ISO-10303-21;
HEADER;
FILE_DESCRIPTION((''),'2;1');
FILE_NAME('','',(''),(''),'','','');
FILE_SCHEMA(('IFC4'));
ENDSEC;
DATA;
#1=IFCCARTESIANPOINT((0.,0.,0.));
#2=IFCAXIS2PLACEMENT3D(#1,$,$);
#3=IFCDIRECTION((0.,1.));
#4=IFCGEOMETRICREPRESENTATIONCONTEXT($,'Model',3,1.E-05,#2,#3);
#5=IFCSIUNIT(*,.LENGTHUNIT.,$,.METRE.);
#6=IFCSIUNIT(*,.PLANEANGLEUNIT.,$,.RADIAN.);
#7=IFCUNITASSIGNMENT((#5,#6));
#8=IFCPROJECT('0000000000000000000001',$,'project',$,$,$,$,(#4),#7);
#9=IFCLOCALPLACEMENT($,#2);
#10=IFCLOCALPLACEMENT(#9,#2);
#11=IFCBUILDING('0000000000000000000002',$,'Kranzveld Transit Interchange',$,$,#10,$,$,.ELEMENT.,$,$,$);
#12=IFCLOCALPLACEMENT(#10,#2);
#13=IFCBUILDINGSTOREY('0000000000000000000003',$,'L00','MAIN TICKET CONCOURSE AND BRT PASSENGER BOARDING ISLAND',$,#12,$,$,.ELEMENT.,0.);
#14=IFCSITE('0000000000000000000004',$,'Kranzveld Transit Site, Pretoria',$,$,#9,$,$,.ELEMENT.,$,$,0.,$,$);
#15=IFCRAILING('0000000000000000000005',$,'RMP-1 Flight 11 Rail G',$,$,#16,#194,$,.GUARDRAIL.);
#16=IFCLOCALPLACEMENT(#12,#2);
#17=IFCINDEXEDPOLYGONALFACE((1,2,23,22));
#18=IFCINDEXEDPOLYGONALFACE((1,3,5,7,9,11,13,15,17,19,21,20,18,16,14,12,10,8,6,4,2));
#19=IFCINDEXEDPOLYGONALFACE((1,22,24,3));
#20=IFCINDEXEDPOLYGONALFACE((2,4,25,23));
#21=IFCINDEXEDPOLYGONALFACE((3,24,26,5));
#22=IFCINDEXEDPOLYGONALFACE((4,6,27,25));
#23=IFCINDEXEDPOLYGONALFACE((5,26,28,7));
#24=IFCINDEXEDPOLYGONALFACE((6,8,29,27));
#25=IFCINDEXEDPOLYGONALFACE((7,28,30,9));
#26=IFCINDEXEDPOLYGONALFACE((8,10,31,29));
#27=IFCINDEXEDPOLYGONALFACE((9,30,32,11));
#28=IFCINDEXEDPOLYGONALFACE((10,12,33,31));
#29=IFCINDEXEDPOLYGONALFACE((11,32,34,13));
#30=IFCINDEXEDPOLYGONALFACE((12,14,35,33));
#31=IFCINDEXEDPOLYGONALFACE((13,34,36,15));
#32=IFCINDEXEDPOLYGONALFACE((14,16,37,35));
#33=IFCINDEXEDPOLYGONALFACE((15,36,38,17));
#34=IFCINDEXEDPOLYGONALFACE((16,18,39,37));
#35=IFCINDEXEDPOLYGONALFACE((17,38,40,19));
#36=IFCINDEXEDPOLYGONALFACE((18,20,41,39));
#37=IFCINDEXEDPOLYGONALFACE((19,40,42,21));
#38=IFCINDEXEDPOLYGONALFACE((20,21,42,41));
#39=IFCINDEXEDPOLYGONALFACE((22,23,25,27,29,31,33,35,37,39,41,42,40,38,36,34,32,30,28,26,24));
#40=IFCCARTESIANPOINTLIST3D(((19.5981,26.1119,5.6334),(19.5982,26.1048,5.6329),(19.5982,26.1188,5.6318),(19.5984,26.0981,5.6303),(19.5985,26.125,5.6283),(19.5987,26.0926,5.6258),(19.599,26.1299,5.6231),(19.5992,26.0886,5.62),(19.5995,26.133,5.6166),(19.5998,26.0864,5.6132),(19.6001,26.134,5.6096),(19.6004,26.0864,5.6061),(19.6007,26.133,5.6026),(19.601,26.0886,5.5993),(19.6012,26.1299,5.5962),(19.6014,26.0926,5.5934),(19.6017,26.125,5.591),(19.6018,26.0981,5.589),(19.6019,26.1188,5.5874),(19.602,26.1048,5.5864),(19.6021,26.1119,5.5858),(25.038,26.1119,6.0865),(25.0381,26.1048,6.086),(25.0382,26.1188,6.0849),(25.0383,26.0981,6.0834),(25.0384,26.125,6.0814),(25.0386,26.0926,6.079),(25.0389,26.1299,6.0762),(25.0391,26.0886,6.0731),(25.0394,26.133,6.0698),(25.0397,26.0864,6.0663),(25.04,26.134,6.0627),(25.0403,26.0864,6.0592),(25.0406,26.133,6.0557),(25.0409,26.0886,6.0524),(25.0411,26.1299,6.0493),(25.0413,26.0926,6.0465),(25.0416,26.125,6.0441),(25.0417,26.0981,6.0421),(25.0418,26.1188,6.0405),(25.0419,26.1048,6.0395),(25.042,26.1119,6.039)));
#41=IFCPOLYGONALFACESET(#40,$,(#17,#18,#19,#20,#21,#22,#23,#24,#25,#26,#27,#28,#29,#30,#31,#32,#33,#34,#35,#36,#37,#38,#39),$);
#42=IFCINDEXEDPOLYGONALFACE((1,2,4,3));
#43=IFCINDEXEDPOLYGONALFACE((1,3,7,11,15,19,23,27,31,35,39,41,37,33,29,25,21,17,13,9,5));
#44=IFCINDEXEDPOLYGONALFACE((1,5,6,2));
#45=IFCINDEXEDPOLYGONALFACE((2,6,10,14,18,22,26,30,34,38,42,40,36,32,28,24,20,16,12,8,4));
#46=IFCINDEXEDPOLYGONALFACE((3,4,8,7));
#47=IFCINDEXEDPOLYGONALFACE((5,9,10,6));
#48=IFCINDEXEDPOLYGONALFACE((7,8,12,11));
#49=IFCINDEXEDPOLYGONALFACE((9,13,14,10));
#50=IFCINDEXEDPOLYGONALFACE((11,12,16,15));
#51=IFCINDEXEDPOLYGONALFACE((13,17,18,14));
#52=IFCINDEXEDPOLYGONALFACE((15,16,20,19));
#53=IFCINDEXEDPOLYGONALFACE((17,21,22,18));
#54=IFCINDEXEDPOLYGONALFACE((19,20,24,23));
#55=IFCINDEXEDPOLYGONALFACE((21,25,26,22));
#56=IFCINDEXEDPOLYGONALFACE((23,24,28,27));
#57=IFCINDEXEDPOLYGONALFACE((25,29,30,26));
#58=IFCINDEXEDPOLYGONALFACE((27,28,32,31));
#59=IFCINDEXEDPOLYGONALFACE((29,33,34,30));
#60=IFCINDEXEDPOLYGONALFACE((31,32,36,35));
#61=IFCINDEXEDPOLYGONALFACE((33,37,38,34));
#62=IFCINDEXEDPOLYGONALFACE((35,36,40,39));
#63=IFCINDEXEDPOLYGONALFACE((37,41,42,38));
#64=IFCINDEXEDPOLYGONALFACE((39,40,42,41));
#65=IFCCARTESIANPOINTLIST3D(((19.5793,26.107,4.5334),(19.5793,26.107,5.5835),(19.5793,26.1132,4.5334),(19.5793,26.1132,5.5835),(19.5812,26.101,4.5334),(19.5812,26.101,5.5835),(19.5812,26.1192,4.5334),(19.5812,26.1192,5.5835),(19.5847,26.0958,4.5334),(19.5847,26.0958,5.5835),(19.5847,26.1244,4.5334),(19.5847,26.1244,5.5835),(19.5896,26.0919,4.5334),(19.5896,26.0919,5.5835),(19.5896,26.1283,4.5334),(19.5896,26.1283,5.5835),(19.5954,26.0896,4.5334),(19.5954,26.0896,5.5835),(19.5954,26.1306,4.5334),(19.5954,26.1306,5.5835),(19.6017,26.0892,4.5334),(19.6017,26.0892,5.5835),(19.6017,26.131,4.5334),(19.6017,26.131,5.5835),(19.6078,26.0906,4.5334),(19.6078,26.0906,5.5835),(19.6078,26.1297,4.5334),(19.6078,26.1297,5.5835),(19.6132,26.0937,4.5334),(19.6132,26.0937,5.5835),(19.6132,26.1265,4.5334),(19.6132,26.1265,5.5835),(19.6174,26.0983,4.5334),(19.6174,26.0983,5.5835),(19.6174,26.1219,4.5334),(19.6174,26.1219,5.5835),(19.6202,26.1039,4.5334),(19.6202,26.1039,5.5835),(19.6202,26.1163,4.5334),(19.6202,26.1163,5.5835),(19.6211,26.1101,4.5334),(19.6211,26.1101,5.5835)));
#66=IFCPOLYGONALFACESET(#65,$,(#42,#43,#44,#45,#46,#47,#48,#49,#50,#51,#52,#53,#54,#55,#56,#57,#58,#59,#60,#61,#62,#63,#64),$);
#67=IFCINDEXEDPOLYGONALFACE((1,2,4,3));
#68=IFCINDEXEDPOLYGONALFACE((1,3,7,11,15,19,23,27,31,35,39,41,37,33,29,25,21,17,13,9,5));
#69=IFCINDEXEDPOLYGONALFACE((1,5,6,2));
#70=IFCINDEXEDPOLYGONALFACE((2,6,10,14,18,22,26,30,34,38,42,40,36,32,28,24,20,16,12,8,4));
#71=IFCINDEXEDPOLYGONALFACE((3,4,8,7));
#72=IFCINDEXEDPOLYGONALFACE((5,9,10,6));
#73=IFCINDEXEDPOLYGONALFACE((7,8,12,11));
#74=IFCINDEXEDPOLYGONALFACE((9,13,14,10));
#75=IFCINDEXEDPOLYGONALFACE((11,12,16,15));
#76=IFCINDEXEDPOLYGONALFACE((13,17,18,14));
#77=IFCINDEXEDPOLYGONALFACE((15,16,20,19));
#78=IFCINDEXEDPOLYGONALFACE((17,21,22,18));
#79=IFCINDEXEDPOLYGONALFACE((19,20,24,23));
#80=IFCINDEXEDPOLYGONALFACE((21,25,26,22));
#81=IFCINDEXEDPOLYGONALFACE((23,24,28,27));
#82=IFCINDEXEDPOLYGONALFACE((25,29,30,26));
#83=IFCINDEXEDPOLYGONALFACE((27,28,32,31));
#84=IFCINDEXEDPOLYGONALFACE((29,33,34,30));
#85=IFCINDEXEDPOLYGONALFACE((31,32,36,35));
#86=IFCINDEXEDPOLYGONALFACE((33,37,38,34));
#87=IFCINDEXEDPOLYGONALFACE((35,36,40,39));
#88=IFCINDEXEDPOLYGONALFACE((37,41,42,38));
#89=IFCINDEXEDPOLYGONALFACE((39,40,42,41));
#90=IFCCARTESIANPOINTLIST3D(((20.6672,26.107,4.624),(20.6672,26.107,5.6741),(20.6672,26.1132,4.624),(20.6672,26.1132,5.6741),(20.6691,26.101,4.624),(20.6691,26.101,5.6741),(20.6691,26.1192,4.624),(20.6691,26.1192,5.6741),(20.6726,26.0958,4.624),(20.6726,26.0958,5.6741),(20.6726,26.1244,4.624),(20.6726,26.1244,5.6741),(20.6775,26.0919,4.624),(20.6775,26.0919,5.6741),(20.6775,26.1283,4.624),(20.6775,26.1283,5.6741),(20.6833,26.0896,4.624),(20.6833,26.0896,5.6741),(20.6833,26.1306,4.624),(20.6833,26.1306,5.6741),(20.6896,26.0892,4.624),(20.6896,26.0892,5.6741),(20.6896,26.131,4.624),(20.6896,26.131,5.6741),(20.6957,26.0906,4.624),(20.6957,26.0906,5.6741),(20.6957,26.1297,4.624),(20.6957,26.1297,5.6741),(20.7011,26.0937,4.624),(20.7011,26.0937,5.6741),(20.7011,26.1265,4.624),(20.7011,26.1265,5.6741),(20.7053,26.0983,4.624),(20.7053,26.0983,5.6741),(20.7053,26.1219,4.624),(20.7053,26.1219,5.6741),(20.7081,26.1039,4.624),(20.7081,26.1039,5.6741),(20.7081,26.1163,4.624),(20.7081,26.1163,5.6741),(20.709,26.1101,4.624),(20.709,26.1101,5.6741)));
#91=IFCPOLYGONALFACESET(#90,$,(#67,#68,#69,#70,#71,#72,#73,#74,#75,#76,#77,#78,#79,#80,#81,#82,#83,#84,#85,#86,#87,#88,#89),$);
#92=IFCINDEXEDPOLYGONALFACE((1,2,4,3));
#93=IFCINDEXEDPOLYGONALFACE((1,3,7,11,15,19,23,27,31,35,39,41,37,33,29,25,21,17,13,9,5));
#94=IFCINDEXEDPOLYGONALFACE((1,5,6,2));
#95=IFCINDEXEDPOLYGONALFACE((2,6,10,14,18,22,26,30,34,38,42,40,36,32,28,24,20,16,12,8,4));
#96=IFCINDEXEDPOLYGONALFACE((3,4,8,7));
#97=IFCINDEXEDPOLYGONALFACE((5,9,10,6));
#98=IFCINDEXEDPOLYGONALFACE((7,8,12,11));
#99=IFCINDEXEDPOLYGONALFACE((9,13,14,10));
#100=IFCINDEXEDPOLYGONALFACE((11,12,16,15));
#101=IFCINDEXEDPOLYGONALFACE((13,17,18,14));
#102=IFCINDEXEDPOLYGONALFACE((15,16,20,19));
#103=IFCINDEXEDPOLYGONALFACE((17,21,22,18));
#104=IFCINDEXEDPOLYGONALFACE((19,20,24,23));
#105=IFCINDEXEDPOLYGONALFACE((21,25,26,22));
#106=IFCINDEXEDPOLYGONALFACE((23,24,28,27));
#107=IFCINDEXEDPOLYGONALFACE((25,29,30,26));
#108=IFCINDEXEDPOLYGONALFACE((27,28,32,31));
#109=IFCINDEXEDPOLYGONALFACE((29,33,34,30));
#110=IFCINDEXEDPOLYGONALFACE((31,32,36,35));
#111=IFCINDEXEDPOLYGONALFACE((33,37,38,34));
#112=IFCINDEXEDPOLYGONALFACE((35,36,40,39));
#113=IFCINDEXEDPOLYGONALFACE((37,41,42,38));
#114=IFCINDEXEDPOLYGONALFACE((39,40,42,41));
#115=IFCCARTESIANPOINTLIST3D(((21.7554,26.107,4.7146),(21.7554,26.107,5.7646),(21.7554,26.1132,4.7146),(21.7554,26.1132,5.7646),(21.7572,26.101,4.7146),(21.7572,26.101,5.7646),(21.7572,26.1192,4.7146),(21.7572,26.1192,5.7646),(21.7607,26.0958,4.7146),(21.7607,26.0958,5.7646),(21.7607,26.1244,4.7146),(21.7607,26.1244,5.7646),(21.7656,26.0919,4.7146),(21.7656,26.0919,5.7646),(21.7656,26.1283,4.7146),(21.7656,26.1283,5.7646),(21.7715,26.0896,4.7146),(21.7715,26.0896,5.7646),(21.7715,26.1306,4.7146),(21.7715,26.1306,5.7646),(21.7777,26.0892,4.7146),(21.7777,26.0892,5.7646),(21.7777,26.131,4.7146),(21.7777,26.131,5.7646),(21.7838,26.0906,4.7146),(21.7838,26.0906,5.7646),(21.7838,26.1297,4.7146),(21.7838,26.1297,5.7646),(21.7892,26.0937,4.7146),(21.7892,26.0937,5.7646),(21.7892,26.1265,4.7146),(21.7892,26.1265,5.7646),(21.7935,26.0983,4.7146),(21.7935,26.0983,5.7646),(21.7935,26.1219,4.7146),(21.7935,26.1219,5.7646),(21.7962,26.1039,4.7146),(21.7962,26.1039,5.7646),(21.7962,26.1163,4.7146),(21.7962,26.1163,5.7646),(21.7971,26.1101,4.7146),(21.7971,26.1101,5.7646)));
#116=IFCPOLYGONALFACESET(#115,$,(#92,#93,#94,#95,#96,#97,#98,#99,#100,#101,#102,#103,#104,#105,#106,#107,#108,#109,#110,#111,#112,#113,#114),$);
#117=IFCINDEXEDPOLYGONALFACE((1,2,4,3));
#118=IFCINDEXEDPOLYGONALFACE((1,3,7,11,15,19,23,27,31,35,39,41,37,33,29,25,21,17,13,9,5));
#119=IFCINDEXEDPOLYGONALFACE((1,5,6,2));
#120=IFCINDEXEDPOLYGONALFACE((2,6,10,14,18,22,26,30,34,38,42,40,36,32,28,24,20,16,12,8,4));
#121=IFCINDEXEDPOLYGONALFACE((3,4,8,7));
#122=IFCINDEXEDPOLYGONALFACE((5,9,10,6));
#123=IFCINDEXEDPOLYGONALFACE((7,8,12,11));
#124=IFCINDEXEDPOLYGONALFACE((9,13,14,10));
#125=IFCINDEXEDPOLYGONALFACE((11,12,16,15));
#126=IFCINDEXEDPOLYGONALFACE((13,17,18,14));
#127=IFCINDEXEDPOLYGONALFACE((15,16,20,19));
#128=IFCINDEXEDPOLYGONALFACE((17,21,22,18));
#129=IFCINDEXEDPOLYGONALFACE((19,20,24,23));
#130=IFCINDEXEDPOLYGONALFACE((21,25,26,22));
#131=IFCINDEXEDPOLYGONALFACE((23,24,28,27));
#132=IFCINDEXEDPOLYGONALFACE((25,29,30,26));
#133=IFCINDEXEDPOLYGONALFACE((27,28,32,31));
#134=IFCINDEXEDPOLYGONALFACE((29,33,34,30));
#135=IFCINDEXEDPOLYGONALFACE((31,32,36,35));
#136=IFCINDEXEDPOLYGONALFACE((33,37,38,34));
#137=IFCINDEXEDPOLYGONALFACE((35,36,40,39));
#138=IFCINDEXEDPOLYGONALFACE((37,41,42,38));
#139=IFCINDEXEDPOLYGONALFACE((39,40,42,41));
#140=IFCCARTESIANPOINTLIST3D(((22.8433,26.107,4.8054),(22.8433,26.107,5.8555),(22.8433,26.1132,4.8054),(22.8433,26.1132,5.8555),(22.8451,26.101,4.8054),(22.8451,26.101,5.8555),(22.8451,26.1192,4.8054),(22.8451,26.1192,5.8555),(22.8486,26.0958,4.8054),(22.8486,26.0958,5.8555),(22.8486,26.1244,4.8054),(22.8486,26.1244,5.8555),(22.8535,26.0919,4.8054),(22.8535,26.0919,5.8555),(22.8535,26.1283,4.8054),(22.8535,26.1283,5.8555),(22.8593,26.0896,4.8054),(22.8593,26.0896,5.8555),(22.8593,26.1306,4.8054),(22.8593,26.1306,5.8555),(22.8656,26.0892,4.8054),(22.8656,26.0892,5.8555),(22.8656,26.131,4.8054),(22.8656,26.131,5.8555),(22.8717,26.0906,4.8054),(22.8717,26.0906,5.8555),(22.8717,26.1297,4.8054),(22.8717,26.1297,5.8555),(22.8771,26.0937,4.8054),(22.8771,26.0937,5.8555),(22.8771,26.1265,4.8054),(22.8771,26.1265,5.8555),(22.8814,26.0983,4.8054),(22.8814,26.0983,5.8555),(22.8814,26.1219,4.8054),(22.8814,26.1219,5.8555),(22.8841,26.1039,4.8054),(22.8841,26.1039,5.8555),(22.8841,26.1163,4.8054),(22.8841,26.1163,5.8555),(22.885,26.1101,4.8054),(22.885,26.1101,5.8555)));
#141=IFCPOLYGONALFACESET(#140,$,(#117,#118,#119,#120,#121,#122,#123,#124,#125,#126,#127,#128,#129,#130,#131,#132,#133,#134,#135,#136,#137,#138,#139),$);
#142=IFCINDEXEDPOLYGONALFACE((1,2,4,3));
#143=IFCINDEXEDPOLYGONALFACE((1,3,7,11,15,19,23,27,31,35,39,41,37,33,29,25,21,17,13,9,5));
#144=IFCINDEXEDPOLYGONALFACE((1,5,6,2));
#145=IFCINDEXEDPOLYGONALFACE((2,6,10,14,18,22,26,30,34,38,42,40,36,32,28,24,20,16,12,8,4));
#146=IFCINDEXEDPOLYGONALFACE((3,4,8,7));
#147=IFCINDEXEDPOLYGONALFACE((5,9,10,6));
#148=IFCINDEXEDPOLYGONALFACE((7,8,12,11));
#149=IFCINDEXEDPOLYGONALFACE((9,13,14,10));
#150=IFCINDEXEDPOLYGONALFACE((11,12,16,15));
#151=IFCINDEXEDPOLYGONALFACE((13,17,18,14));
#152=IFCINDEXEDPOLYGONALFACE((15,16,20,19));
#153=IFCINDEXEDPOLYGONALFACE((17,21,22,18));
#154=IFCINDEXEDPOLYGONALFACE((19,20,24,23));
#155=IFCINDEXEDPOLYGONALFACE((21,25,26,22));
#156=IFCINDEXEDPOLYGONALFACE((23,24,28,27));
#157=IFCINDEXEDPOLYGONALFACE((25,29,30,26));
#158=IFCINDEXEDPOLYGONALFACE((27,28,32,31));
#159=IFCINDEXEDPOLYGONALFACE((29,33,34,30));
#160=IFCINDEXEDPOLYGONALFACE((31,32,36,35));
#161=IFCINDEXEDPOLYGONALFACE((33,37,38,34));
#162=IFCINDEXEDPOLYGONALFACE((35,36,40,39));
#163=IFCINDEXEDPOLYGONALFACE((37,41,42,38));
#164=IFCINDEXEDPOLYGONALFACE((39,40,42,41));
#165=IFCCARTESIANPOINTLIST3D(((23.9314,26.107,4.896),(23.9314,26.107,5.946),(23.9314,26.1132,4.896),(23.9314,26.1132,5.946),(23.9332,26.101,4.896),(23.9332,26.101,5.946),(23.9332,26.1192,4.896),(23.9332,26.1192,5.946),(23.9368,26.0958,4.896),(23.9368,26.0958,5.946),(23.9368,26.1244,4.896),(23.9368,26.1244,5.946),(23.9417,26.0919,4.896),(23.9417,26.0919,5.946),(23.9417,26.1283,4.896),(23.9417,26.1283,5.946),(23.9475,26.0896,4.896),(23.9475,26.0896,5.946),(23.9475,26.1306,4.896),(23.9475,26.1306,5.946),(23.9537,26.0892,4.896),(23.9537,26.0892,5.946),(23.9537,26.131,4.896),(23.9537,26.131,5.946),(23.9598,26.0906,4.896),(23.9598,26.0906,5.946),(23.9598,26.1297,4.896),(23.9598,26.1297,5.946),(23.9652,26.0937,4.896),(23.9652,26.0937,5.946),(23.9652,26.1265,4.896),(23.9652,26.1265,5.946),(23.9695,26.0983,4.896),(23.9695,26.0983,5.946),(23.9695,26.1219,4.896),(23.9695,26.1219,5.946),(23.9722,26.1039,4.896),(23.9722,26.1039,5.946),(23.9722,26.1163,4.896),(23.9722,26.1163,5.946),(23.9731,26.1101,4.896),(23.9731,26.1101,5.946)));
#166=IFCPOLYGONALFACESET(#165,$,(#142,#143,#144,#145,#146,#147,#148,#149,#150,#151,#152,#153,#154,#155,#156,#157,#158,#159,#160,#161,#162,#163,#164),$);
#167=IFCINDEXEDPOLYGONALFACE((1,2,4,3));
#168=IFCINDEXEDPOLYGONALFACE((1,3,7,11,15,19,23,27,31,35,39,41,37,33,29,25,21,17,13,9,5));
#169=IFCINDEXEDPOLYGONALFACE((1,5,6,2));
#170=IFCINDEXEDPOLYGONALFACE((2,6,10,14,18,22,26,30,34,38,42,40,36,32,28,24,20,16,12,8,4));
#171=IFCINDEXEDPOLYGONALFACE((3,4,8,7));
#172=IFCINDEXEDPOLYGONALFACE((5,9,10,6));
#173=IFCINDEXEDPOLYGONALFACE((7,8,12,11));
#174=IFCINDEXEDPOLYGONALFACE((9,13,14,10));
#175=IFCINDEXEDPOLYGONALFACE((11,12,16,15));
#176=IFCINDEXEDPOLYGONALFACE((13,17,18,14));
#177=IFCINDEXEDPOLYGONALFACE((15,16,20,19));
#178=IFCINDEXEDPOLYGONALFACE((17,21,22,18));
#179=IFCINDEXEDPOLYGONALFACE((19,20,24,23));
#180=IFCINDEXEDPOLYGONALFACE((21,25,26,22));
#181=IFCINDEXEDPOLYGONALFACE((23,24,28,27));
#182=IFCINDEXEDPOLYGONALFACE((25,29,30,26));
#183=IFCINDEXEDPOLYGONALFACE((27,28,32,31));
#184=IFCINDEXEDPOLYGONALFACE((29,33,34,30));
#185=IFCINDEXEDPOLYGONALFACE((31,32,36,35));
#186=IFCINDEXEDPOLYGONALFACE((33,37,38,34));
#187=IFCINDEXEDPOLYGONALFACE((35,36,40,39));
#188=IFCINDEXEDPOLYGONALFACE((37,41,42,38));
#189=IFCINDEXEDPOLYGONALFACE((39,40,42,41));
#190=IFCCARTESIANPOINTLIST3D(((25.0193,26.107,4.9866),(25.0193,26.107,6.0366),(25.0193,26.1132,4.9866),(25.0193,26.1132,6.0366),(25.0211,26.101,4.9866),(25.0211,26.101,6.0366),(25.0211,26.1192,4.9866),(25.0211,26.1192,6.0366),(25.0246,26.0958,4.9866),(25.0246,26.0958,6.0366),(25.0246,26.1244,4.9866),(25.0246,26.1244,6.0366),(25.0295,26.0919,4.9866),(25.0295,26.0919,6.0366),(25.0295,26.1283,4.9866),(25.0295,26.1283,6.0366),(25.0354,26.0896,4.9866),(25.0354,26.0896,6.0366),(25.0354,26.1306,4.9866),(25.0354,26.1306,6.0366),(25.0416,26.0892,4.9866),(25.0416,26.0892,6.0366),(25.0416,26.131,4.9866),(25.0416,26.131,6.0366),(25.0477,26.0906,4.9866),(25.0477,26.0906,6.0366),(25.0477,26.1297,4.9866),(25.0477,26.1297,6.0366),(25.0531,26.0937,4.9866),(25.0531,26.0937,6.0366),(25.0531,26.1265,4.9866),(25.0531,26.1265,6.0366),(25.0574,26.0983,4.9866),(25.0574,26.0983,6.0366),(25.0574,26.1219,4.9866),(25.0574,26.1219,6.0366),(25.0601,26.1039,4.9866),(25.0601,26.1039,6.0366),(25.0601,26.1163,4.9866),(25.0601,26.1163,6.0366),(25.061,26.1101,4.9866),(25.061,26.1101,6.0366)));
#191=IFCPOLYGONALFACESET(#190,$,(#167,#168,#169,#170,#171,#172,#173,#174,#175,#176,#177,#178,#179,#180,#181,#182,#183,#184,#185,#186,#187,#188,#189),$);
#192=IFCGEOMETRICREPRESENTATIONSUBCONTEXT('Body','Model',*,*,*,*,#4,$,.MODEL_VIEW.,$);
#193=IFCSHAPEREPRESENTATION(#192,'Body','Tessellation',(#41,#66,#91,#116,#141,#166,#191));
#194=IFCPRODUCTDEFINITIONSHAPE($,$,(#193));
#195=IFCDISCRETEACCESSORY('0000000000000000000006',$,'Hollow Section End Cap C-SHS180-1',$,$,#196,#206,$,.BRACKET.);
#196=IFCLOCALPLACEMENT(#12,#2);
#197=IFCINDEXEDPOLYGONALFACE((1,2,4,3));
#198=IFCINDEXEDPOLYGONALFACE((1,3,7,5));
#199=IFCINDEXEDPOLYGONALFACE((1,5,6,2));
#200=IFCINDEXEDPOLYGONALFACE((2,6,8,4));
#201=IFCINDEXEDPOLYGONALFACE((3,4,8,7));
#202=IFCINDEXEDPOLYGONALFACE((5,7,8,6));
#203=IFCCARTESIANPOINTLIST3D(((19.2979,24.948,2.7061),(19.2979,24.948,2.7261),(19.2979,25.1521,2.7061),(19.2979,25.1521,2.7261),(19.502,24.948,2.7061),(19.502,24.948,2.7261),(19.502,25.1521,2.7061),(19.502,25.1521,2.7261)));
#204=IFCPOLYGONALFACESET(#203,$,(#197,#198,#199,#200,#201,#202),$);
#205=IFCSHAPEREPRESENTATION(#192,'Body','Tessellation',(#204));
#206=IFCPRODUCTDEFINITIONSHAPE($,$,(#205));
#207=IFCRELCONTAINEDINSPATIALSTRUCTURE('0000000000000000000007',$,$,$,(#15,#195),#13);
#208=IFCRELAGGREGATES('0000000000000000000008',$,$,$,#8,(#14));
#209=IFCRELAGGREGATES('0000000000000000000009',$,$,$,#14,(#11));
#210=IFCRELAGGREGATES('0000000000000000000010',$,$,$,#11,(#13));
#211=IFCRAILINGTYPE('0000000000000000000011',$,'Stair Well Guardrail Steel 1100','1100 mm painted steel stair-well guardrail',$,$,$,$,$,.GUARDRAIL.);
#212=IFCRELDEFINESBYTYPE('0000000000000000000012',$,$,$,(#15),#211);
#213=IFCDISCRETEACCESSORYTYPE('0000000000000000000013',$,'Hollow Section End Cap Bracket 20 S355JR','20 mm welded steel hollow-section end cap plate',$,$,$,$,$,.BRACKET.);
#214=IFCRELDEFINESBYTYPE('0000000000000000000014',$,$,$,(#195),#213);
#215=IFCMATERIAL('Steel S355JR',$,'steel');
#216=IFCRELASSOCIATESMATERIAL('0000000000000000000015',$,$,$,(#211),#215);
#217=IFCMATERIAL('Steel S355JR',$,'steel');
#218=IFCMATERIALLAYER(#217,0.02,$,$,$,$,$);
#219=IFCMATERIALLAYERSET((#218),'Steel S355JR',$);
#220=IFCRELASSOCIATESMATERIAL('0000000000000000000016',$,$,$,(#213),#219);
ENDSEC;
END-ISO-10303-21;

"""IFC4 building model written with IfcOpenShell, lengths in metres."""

from ifc_helpers import new_model, si_unit, direction, frame, origin, origin_2d, place, context, subcontext, project, spatial, rectangle, circle, extrude, material, layer, layer_set, type_object, element, save


model = new_model("IFC4")

# Units and contexts
model_context = context("Model", 3, precision=1e-05, world=origin(), true_north=direction((0.0, 1.0)))
body_context = subcontext(model_context, "Body", "Model", "MODEL_VIEW")
ifc_project = project(units=[si_unit("LENGTHUNIT", "METRE"), si_unit("PLANEANGLEUNIT", "RADIAN")], contexts=[model_context])

# Site, building, storey
site_placement = place(None, origin())
site = spatial("IfcSite", under=ifc_project, at=site_placement, Name="Kranzveld Transit Site, Pretoria", CompositionType="ELEMENT", RefElevation=0.0)
building_placement = place(site_placement, origin())
building = spatial("IfcBuilding", under=site, at=building_placement, Name="Kranzveld Transit Interchange", CompositionType="ELEMENT")
storey_placement = place(building_placement, origin())
storey = spatial("IfcBuildingStorey", under=building, at=storey_placement, Name="L00", Description="MAIN TICKET CONCOURSE AND BRT PASSENGER BOARDING ISLAND", CompositionType="ELEMENT", Elevation=0.0)

# Railing
ifc_material_1 = material(Name="Steel S355JR", Category="steel")
railing_type_1 = type_object("IfcRailingType", Name="Stair Well Guardrail Steel 1100", Description="1100 mm painted steel stair-well guardrail", PredefinedType="GUARDRAIL", material=ifc_material_1)
railing_1_placement = place(storey_placement, frame((19.6001, 26.1101, 4.5334)))
element("IfcRailing", 1, at=railing_1_placement, inside=storey, type_object=railing_type_1, Name="RMP-1 Flight 11 Rail G", PredefinedType="GUARDRAIL", context=body_context, shape_type="SweptSolid", body=[
    extrude(circle(Radius=0.0239, at=origin_2d()), frame((0.0, 0.0, 1.0762), z_axis=(0.996549, 0.0, 0.083008), x_axis=(0.0, 1.0, 0.0)), (0.0, 0.0, 1.0), 5.4587),
    extrude(circle(Radius=0.021, at=origin_2d()), origin(), (0.0, 0.0, 1.0), 1.05),
    extrude(circle(Radius=0.021, at=origin_2d()), frame((1.0879, 0.0, 0.0906)), (0.0, 0.0, 1.0), 1.05),
    extrude(circle(Radius=0.021, at=origin_2d()), frame((2.176, 0.0, 0.1812)), (0.0, 0.0, 1.0), 1.05),
    extrude(circle(Radius=0.021, at=origin_2d()), frame((3.2639, 0.0, 0.272)), (0.0, 0.0, 1.0), 1.05),
    extrude(circle(Radius=0.021, at=origin_2d()), frame((4.3521, 0.0, 0.3625)), (0.0, 0.0, 1.0), 1.05),
    extrude(circle(Radius=0.021, at=origin_2d()), frame((5.4399, 0.0, 0.4531)), (0.0, 0.0, 1.0), 1.05),
])

# Discrete accessory
ifc_material_2 = material(Name="Steel S355JR", Category="steel")
ifc_layer_1 = layer(ifc_material_2, 0.02)
ifc_layer_set_1 = layer_set([ifc_layer_1], Name="Steel S355JR")
discrete_accessory_type = type_object("IfcDiscreteAccessoryType", Name="Hollow Section End Cap Bracket 20 S355JR", Description="20 mm welded steel hollow-section end cap plate", PredefinedType="BRACKET", material=ifc_layer_set_1)
for number, where, z_axis, x_axis, name in (
    (2, (19.3999, 25.05, 2.7261), (0.0, 0.0, -1.0), (1.0, 0.0, 0.0), "Hollow Section End Cap C-SHS180-1"),
):
    element("IfcDiscreteAccessory", number, at=place(storey_placement, frame(where, z_axis=z_axis, x_axis=x_axis)), inside=storey, type_object=discrete_accessory_type, Name=name, PredefinedType="BRACKET", context=body_context, shape_type="SweptSolid", body=[
        extrude(rectangle(XDim=0.2041, YDim=0.2041, at=origin_2d()), origin(), (0.0, 0.0, 1.0), 0.02),
    ])

save(model, "model.ifc")
